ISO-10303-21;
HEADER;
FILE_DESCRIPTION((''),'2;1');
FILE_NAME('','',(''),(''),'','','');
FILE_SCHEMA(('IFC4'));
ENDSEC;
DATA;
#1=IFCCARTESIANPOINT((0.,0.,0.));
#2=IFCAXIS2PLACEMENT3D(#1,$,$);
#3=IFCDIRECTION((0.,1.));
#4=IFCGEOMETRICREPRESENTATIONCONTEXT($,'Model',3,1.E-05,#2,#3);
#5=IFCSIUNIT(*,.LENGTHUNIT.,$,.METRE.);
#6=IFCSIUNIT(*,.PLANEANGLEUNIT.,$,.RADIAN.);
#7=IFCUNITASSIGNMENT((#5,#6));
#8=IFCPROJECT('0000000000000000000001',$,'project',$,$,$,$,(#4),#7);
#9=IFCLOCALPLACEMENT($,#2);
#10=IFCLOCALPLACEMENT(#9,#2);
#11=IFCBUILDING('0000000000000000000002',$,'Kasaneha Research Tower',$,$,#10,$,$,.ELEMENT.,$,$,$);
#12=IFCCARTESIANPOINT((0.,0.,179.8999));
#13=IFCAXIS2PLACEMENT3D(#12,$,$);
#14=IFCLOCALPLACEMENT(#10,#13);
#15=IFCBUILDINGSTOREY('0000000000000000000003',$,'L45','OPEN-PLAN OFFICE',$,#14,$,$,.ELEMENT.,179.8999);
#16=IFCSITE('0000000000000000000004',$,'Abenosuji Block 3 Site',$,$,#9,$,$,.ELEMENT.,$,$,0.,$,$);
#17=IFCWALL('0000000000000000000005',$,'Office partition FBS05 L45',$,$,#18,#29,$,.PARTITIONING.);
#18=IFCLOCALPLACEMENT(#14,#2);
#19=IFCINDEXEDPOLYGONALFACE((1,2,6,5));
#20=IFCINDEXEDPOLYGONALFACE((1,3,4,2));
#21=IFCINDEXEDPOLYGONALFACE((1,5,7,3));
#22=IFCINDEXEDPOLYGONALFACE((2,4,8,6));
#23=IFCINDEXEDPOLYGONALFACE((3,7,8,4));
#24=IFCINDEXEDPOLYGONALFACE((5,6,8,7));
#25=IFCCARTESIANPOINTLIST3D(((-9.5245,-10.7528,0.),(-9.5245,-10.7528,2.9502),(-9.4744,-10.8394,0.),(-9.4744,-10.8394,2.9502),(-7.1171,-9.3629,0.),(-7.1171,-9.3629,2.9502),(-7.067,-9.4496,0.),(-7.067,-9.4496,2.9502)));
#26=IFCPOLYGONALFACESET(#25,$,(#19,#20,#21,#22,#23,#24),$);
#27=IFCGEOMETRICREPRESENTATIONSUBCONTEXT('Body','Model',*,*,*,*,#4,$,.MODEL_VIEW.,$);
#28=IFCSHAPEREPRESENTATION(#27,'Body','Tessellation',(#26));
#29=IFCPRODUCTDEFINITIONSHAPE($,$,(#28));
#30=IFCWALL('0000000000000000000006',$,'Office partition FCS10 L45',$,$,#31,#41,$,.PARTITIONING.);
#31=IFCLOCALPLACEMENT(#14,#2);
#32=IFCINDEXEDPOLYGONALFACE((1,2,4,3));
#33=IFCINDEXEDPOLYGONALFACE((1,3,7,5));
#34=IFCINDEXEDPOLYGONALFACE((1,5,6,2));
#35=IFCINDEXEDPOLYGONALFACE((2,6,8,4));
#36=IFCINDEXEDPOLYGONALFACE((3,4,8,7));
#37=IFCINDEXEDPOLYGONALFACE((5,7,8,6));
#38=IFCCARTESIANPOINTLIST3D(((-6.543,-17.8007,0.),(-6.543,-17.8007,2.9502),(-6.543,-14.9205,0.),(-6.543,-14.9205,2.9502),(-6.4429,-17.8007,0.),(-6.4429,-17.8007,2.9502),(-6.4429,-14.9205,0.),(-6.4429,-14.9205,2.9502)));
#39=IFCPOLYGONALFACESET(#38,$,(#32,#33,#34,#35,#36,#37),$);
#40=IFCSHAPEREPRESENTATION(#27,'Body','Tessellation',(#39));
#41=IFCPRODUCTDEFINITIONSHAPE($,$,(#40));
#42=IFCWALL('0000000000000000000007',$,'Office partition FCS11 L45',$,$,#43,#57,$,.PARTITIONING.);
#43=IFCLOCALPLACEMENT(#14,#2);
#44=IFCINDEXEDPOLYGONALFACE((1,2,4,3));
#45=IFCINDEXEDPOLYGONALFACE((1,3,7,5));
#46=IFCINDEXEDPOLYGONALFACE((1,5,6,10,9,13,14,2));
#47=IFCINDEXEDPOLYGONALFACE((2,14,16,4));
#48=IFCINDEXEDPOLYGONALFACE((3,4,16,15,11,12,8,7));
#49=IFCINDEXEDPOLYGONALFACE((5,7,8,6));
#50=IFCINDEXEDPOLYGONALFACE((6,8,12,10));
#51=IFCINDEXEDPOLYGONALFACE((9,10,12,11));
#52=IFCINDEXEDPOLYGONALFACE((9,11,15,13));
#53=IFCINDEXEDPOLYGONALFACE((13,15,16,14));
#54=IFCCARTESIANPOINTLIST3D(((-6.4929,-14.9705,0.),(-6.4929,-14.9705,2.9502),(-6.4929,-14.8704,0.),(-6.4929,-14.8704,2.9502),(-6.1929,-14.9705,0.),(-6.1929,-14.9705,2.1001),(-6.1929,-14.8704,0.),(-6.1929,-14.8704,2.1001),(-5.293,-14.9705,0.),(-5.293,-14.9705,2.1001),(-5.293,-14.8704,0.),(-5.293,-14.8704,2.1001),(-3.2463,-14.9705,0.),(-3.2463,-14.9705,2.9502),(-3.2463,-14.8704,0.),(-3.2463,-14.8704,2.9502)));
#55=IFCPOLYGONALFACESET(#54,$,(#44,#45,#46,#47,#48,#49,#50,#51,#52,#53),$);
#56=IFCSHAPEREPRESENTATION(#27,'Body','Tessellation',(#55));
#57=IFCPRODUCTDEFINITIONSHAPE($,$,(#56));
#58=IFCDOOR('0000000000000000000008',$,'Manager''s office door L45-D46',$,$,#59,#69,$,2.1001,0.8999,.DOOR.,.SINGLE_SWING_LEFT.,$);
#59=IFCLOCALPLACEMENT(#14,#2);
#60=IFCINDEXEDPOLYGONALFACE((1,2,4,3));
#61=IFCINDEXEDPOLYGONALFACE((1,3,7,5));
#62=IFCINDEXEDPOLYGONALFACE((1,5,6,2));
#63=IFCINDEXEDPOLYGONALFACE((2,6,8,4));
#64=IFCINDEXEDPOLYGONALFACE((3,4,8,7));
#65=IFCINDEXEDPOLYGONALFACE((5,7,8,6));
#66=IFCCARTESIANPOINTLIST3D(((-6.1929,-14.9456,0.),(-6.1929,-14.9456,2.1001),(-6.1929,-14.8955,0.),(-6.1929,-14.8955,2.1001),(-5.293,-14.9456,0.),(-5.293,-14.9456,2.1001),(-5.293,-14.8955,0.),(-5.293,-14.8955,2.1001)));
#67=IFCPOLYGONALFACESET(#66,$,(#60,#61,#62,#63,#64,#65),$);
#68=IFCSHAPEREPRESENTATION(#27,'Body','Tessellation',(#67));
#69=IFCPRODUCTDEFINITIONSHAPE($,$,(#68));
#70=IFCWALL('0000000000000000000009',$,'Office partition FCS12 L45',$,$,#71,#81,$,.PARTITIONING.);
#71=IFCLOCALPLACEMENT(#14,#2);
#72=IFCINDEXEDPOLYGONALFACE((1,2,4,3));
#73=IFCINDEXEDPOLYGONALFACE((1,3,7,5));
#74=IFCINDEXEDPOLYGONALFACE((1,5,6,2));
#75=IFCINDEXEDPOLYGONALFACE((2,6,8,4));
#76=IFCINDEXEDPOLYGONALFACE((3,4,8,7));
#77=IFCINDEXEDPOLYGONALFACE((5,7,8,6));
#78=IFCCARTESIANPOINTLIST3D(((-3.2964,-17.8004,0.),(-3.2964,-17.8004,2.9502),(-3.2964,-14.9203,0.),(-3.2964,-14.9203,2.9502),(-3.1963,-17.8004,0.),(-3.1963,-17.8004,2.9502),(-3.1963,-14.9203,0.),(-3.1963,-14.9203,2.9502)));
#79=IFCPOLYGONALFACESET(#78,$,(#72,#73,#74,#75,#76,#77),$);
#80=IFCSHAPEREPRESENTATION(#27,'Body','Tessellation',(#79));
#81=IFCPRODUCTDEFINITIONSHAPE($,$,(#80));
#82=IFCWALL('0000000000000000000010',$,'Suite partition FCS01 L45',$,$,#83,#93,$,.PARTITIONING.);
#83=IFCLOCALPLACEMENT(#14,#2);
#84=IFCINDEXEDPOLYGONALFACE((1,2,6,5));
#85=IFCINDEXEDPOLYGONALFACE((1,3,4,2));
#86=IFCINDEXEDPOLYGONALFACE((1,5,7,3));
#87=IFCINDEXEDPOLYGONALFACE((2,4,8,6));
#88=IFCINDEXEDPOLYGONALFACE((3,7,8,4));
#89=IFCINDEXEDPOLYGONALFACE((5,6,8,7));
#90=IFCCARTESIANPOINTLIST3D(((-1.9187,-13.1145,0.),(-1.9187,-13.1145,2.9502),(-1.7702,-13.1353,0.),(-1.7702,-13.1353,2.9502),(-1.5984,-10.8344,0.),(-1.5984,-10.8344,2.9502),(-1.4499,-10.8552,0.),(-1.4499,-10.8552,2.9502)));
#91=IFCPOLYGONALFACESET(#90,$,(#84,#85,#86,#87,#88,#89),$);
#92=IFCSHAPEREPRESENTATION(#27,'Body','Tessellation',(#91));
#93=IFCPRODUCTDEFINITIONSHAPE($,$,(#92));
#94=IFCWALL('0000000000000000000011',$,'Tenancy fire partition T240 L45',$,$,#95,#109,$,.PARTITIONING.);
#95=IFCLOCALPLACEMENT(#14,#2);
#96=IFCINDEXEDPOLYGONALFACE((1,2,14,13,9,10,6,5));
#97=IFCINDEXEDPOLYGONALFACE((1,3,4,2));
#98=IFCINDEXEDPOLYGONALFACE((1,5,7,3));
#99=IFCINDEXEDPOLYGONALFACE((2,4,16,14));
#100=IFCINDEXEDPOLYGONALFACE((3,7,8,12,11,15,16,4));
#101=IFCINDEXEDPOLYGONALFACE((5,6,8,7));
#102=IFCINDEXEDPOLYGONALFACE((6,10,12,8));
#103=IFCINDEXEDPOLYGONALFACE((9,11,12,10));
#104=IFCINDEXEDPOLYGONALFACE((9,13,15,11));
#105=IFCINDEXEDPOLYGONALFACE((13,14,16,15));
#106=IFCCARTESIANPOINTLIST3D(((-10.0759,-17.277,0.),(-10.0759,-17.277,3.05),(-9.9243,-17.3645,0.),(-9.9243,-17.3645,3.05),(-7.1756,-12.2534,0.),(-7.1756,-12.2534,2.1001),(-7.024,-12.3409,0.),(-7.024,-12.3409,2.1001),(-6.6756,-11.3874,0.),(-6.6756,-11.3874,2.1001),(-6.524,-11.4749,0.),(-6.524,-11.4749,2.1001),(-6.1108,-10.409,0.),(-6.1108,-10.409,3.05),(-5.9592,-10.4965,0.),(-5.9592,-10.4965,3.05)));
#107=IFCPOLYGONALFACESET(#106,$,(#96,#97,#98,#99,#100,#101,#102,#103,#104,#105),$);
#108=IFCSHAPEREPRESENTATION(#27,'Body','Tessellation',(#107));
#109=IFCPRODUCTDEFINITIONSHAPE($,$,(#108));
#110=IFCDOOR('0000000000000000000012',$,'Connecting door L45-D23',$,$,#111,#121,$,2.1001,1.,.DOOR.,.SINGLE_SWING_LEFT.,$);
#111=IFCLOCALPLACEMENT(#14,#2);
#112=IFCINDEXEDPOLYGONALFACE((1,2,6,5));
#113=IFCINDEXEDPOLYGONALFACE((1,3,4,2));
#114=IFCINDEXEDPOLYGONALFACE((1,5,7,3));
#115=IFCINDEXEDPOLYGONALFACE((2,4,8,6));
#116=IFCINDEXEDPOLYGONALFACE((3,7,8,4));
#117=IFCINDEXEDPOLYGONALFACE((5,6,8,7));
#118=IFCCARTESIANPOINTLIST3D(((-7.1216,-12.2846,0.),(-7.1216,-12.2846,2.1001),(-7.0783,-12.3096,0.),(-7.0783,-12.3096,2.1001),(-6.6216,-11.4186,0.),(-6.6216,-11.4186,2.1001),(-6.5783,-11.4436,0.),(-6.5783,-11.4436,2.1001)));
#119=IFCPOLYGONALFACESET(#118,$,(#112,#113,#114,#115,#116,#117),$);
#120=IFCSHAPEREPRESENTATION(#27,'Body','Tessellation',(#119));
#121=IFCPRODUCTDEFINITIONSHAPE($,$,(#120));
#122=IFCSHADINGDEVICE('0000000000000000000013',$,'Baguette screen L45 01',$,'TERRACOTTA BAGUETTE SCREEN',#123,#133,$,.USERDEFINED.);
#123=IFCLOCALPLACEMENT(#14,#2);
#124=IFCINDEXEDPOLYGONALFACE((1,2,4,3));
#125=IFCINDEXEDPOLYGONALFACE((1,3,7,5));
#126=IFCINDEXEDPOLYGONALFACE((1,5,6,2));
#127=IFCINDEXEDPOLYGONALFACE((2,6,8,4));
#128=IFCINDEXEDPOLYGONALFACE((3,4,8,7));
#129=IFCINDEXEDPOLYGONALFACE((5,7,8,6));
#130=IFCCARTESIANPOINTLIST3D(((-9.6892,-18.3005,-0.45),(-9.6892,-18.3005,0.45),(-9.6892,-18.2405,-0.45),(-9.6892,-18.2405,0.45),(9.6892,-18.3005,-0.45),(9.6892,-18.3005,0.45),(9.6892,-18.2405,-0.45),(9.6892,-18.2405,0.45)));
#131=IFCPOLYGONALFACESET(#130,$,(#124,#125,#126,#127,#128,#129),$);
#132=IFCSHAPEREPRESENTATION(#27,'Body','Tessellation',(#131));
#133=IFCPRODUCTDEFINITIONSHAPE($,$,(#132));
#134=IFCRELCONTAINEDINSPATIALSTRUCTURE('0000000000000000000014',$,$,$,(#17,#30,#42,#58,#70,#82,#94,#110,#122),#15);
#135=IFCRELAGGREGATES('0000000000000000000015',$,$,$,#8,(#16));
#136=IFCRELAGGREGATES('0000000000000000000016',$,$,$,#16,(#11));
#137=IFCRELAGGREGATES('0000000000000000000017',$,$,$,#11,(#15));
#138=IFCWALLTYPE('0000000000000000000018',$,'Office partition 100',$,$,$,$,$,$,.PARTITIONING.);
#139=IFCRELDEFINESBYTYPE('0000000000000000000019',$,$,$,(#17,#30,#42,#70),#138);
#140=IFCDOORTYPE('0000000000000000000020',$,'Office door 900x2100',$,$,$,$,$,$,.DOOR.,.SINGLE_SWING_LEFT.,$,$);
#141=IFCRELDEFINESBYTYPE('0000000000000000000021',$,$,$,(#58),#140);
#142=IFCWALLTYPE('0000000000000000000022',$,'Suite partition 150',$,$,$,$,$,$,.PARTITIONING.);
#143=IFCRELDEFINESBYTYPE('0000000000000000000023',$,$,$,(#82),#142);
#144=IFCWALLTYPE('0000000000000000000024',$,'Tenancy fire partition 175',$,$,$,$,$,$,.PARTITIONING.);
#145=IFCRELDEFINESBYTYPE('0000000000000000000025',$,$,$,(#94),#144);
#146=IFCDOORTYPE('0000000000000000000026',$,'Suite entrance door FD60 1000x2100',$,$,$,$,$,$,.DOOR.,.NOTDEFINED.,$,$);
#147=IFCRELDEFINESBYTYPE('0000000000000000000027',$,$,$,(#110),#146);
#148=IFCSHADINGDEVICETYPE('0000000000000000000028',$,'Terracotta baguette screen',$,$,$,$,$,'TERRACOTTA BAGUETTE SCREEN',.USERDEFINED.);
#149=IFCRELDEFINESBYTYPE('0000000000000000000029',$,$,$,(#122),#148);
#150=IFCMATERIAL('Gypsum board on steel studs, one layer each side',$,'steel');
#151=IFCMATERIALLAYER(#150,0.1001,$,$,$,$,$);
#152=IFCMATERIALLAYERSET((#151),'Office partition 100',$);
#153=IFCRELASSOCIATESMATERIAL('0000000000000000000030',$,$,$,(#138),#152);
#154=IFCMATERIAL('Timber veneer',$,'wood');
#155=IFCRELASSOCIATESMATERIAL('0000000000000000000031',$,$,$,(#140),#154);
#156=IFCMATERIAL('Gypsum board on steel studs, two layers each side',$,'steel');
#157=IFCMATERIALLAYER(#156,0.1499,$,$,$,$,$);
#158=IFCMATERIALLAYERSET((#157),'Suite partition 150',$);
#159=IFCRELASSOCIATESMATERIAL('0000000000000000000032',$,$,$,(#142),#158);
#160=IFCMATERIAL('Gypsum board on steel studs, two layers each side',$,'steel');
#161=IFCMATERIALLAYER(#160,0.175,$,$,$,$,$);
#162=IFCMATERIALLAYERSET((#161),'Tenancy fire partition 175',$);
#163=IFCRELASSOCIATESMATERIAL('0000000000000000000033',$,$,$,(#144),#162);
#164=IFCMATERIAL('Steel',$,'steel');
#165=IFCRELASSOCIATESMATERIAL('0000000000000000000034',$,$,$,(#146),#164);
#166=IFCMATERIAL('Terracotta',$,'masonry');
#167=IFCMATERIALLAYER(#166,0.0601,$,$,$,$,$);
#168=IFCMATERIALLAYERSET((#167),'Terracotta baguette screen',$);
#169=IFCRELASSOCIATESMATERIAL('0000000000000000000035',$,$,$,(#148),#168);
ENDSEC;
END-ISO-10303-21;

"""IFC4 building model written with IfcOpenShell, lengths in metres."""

from ifc_helpers import new_model, si_unit, direction, frame, frame_2d, origin, origin_2d, place, context, subcontext, project, spatial, rectangle, extrude, material, layer, layer_set, type_object, element, fill, save


model = new_model("IFC4")

# Units and contexts
model_context = context("Model", 3, precision=1e-05, world=origin(), true_north=direction((0.0, 1.0)))
body_context = subcontext(model_context, "Body", "Model", "MODEL_VIEW")
ifc_project = project(units=[si_unit("LENGTHUNIT", "METRE"), si_unit("PLANEANGLEUNIT", "RADIAN")], contexts=[model_context])

# Site, building, storey
site_placement = place(None, origin())
site = spatial("IfcSite", under=ifc_project, at=site_placement, Name="Abenosuji Block 3 Site", CompositionType="ELEMENT", RefElevation=0.0)
building_placement = place(site_placement, origin())
building = spatial("IfcBuilding", under=site, at=building_placement, Name="Kasaneha Research Tower", CompositionType="ELEMENT")
storey_placement = place(building_placement, frame((0.0, 0.0, 179.8999)))
storey = spatial("IfcBuildingStorey", under=building, at=storey_placement, Name="L45", Description="OPEN-PLAN OFFICE", CompositionType="ELEMENT", Elevation=179.8999)

# Walls
ifc_material_1 = material(Name="Gypsum board on steel studs, one layer each side", Category="steel")
ifc_layer_1 = layer(ifc_material_1, 0.1001)
ifc_layer_set_1 = layer_set([ifc_layer_1], Name="Office partition 100")
wall_type_1 = type_object("IfcWallType", Name="Office partition 100", PredefinedType="PARTITIONING", material=ifc_layer_set_1)
wall_1_placement = place(storey_placement, frame((-7.092, -9.4062, 0.0), z_axis=(0.0, 0.0, 1.0), x_axis=(-0.866035, -0.499983, 0.0)))
element("IfcWall", 1, at=wall_1_placement, inside=storey, type_object=wall_type_1, Name="Office partition FBS05 L45", PredefinedType="PARTITIONING", context=body_context, shape_type="SweptSolid", body=[
    extrude(rectangle(XDim=2.7798, YDim=0.1001, at=frame_2d((1.3899, 0.0))), origin(), (0.0, 0.0, 1.0), 2.9502),
])
wall_2_placement = place(storey_placement, frame((-6.4929, -17.8005, 0.0), z_axis=(0.0, 0.0, 1.0), x_axis=(0.0, 1.0, 0.0)))
element("IfcWall", 2, at=wall_2_placement, inside=storey, type_object=wall_type_1, Name="Office partition FCS10 L45", PredefinedType="PARTITIONING", context=body_context, shape_type="SweptSolid", body=[
    extrude(rectangle(XDim=2.8801, YDim=0.1001, at=frame_2d((1.4399, 0.0))), origin(), (0.0, 0.0, 1.0), 2.9502),
])

# Wall, opening, door
wall_3_placement = place(storey_placement, frame((-6.4929, -14.9204, 0.0), z_axis=(0.0, 0.0, 1.0), x_axis=(1.0, 0.0, 0.0)))
wall_3 = element("IfcWall", 3, at=wall_3_placement, inside=storey, type_object=wall_type_1, Name="Office partition FCS11 L45", PredefinedType="PARTITIONING", context=body_context, shape_type="SweptSolid", body=[
    extrude(rectangle(XDim=3.2466, YDim=0.1001, at=frame_2d((1.6233, 0.0))), origin(), (0.0, 0.0, 1.0), 2.9502),
])
opening_1_placement = place(wall_3_placement, frame((0.3, 0.0, 0.0)))
opening_1 = element("IfcOpeningElement", 4, at=opening_1_placement, cuts=wall_3, PredefinedType="OPENING", context=body_context, shape_type="SweptSolid", body=[
    extrude(rectangle(XDim=0.8999, YDim=2.1001, at=frame_2d((0.45, 1.05))), frame((0.0, 0.0601, 0.0), z_axis=(0.0, -1.0, 0.0), x_axis=(1.0, 0.0, 0.0)), (0.0, 0.0, 1.0), 0.1201),
])
ifc_material_2 = material(Name="Timber veneer", Category="wood")
door_type_1 = type_object("IfcDoorType", Name="Office door 900x2100", OperationType="SINGLE_SWING_LEFT", PredefinedType="DOOR", material=ifc_material_2)
door_1_placement = place(opening_1_placement, origin())
door_1 = element("IfcDoor", 5, at=door_1_placement, inside=storey, type_object=door_type_1, Name="Manager's office door L45-D46", OperationType="SINGLE_SWING_LEFT", OverallHeight=2.1001, OverallWidth=0.8999, PredefinedType="DOOR", context=body_context, shape_type="SweptSolid", body=[
    extrude(rectangle(XDim=0.8999, YDim=2.1001, at=frame_2d((0.45, 1.05))), frame((0.0, 0.0249, 0.0), z_axis=(0.0, -1.0, 0.0), x_axis=(1.0, 0.0, 0.0)), (0.0, 0.0, 1.0), 0.05),
])
fill(opening_1, door_1)

# Walls
wall_4_placement = place(storey_placement, frame((-3.2463, -14.9204, 0.0), z_axis=(0.0, 0.0, 1.0), x_axis=(0.0, -1.0, 0.0)))
element("IfcWall", 6, at=wall_4_placement, inside=storey, type_object=wall_type_1, Name="Office partition FCS12 L45", PredefinedType="PARTITIONING", context=body_context, shape_type="SweptSolid", body=[
    extrude(rectangle(XDim=2.8801, YDim=0.1001, at=frame_2d((1.4399, 0.0))), origin(), (0.0, 0.0, 1.0), 2.9502),
])
ifc_material_3 = material(Name="Gypsum board on steel studs, two layers each side", Category="steel")
ifc_layer_2 = layer(ifc_material_3, 0.1499)
ifc_layer_set_2 = layer_set([ifc_layer_2], Name="Suite partition 150")
wall_type_2 = type_object("IfcWallType", Name="Suite partition 150", PredefinedType="PARTITIONING", material=ifc_layer_set_2)
wall_5_placement = place(storey_placement, frame((-1.8445, -13.125, 0.0), z_axis=(0.0, 0.0, 1.0), x_axis=(0.13912, 0.990276, 0.0)))
element("IfcWall", 7, at=wall_5_placement, inside=storey, type_object=wall_type_2, Name="Suite partition FCS01 L45", PredefinedType="PARTITIONING", context=body_context, shape_type="SweptSolid", body=[
    extrude(rectangle(XDim=2.3025, YDim=0.1499, at=frame_2d((1.1514, 0.0))), origin(), (0.0, 0.0, 1.0), 2.9502),
])

# Wall, opening, door
ifc_material_4 = material(Name="Gypsum board on steel studs, two layers each side", Category="steel")
ifc_layer_3 = layer(ifc_material_4, 0.175)
ifc_layer_set_3 = layer_set([ifc_layer_3], Name="Tenancy fire partition 175")
wall_type_3 = type_object("IfcWallType", Name="Tenancy fire partition 175", PredefinedType="PARTITIONING", material=ifc_layer_set_3)
wall_6_placement = place(storey_placement, frame((-6.0349, -10.4526, 0.0), z_axis=(0.0, 0.0, 1.0), x_axis=(-0.49999, -0.866031, 0.0)))
wall_6 = element("IfcWall", 8, at=wall_6_placement, inside=storey, type_object=wall_type_3, Name="Tenancy fire partition T240 L45", PredefinedType="PARTITIONING", context=body_context, shape_type="SweptSolid", body=[
    extrude(rectangle(XDim=7.9304, YDim=0.175, at=frame_2d((3.9653, 0.0))), origin(), (0.0, 0.0, 1.0), 3.05),
])
opening_2_placement = place(wall_6_placement, frame((1.1299, 0.0, 0.0)))
opening_2 = element("IfcOpeningElement", 9, at=opening_2_placement, cuts=wall_6, PredefinedType="OPENING", context=body_context, shape_type="SweptSolid", body=[
    extrude(rectangle(XDim=1.0, YDim=2.1001, at=frame_2d((0.5, 1.05))), frame((0.0, 0.0977, 0.0), z_axis=(0.0, -1.0, 0.0), x_axis=(1.0, 0.0, 0.0)), (0.0, 0.0, 1.0), 0.1951),
])
ifc_material_5 = material(Name="Steel", Category="steel")
door_type_2 = type_object("IfcDoorType", Name="Suite entrance door FD60 1000x2100", OperationType="NOTDEFINED", PredefinedType="DOOR", material=ifc_material_5)
door_2_placement = place(opening_2_placement, origin())
door_2 = element("IfcDoor", 10, at=door_2_placement, inside=storey, type_object=door_type_2, Name="Connecting door L45-D23", OperationType="SINGLE_SWING_LEFT", OverallHeight=2.1001, OverallWidth=1.0, PredefinedType="DOOR", context=body_context, shape_type="SweptSolid", body=[
    extrude(rectangle(XDim=1.0, YDim=2.1001, at=frame_2d((0.5, 1.05))), frame((0.0, 0.0249, 0.0), z_axis=(0.0, -1.0, 0.0), x_axis=(1.0, 0.0, 0.0)), (0.0, 0.0, 1.0), 0.05),
])
fill(opening_2, door_2)

# Shading device
ifc_material_6 = material(Name="Terracotta", Category="masonry")
ifc_layer_4 = layer(ifc_material_6, 0.0601)
ifc_layer_set_4 = layer_set([ifc_layer_4], Name="Terracotta baguette screen")
shading_device_type = type_object("IfcShadingDeviceType", Name="Terracotta baguette screen", ElementType="TERRACOTTA BAGUETTE SCREEN", PredefinedType="USERDEFINED", material=ifc_layer_set_4)
shading_device_placement = place(storey_placement, frame((0.0, -18.2705, -0.45), z_axis=(0.0, 0.0, 1.0), x_axis=(1.0, 0.0, 0.0)))
element("IfcShadingDevice", 11, at=shading_device_placement, inside=storey, type_object=shading_device_type, Name="Baguette screen L45 01", ObjectType="TERRACOTTA BAGUETTE SCREEN", PredefinedType="USERDEFINED", context=body_context, shape_type="SweptSolid", body=[
    extrude(rectangle(XDim=19.3784, YDim=0.0601, at=origin_2d()), origin(), (0.0, 0.0, 1.0), 0.8999),
])

save(model, "model.ifc")
